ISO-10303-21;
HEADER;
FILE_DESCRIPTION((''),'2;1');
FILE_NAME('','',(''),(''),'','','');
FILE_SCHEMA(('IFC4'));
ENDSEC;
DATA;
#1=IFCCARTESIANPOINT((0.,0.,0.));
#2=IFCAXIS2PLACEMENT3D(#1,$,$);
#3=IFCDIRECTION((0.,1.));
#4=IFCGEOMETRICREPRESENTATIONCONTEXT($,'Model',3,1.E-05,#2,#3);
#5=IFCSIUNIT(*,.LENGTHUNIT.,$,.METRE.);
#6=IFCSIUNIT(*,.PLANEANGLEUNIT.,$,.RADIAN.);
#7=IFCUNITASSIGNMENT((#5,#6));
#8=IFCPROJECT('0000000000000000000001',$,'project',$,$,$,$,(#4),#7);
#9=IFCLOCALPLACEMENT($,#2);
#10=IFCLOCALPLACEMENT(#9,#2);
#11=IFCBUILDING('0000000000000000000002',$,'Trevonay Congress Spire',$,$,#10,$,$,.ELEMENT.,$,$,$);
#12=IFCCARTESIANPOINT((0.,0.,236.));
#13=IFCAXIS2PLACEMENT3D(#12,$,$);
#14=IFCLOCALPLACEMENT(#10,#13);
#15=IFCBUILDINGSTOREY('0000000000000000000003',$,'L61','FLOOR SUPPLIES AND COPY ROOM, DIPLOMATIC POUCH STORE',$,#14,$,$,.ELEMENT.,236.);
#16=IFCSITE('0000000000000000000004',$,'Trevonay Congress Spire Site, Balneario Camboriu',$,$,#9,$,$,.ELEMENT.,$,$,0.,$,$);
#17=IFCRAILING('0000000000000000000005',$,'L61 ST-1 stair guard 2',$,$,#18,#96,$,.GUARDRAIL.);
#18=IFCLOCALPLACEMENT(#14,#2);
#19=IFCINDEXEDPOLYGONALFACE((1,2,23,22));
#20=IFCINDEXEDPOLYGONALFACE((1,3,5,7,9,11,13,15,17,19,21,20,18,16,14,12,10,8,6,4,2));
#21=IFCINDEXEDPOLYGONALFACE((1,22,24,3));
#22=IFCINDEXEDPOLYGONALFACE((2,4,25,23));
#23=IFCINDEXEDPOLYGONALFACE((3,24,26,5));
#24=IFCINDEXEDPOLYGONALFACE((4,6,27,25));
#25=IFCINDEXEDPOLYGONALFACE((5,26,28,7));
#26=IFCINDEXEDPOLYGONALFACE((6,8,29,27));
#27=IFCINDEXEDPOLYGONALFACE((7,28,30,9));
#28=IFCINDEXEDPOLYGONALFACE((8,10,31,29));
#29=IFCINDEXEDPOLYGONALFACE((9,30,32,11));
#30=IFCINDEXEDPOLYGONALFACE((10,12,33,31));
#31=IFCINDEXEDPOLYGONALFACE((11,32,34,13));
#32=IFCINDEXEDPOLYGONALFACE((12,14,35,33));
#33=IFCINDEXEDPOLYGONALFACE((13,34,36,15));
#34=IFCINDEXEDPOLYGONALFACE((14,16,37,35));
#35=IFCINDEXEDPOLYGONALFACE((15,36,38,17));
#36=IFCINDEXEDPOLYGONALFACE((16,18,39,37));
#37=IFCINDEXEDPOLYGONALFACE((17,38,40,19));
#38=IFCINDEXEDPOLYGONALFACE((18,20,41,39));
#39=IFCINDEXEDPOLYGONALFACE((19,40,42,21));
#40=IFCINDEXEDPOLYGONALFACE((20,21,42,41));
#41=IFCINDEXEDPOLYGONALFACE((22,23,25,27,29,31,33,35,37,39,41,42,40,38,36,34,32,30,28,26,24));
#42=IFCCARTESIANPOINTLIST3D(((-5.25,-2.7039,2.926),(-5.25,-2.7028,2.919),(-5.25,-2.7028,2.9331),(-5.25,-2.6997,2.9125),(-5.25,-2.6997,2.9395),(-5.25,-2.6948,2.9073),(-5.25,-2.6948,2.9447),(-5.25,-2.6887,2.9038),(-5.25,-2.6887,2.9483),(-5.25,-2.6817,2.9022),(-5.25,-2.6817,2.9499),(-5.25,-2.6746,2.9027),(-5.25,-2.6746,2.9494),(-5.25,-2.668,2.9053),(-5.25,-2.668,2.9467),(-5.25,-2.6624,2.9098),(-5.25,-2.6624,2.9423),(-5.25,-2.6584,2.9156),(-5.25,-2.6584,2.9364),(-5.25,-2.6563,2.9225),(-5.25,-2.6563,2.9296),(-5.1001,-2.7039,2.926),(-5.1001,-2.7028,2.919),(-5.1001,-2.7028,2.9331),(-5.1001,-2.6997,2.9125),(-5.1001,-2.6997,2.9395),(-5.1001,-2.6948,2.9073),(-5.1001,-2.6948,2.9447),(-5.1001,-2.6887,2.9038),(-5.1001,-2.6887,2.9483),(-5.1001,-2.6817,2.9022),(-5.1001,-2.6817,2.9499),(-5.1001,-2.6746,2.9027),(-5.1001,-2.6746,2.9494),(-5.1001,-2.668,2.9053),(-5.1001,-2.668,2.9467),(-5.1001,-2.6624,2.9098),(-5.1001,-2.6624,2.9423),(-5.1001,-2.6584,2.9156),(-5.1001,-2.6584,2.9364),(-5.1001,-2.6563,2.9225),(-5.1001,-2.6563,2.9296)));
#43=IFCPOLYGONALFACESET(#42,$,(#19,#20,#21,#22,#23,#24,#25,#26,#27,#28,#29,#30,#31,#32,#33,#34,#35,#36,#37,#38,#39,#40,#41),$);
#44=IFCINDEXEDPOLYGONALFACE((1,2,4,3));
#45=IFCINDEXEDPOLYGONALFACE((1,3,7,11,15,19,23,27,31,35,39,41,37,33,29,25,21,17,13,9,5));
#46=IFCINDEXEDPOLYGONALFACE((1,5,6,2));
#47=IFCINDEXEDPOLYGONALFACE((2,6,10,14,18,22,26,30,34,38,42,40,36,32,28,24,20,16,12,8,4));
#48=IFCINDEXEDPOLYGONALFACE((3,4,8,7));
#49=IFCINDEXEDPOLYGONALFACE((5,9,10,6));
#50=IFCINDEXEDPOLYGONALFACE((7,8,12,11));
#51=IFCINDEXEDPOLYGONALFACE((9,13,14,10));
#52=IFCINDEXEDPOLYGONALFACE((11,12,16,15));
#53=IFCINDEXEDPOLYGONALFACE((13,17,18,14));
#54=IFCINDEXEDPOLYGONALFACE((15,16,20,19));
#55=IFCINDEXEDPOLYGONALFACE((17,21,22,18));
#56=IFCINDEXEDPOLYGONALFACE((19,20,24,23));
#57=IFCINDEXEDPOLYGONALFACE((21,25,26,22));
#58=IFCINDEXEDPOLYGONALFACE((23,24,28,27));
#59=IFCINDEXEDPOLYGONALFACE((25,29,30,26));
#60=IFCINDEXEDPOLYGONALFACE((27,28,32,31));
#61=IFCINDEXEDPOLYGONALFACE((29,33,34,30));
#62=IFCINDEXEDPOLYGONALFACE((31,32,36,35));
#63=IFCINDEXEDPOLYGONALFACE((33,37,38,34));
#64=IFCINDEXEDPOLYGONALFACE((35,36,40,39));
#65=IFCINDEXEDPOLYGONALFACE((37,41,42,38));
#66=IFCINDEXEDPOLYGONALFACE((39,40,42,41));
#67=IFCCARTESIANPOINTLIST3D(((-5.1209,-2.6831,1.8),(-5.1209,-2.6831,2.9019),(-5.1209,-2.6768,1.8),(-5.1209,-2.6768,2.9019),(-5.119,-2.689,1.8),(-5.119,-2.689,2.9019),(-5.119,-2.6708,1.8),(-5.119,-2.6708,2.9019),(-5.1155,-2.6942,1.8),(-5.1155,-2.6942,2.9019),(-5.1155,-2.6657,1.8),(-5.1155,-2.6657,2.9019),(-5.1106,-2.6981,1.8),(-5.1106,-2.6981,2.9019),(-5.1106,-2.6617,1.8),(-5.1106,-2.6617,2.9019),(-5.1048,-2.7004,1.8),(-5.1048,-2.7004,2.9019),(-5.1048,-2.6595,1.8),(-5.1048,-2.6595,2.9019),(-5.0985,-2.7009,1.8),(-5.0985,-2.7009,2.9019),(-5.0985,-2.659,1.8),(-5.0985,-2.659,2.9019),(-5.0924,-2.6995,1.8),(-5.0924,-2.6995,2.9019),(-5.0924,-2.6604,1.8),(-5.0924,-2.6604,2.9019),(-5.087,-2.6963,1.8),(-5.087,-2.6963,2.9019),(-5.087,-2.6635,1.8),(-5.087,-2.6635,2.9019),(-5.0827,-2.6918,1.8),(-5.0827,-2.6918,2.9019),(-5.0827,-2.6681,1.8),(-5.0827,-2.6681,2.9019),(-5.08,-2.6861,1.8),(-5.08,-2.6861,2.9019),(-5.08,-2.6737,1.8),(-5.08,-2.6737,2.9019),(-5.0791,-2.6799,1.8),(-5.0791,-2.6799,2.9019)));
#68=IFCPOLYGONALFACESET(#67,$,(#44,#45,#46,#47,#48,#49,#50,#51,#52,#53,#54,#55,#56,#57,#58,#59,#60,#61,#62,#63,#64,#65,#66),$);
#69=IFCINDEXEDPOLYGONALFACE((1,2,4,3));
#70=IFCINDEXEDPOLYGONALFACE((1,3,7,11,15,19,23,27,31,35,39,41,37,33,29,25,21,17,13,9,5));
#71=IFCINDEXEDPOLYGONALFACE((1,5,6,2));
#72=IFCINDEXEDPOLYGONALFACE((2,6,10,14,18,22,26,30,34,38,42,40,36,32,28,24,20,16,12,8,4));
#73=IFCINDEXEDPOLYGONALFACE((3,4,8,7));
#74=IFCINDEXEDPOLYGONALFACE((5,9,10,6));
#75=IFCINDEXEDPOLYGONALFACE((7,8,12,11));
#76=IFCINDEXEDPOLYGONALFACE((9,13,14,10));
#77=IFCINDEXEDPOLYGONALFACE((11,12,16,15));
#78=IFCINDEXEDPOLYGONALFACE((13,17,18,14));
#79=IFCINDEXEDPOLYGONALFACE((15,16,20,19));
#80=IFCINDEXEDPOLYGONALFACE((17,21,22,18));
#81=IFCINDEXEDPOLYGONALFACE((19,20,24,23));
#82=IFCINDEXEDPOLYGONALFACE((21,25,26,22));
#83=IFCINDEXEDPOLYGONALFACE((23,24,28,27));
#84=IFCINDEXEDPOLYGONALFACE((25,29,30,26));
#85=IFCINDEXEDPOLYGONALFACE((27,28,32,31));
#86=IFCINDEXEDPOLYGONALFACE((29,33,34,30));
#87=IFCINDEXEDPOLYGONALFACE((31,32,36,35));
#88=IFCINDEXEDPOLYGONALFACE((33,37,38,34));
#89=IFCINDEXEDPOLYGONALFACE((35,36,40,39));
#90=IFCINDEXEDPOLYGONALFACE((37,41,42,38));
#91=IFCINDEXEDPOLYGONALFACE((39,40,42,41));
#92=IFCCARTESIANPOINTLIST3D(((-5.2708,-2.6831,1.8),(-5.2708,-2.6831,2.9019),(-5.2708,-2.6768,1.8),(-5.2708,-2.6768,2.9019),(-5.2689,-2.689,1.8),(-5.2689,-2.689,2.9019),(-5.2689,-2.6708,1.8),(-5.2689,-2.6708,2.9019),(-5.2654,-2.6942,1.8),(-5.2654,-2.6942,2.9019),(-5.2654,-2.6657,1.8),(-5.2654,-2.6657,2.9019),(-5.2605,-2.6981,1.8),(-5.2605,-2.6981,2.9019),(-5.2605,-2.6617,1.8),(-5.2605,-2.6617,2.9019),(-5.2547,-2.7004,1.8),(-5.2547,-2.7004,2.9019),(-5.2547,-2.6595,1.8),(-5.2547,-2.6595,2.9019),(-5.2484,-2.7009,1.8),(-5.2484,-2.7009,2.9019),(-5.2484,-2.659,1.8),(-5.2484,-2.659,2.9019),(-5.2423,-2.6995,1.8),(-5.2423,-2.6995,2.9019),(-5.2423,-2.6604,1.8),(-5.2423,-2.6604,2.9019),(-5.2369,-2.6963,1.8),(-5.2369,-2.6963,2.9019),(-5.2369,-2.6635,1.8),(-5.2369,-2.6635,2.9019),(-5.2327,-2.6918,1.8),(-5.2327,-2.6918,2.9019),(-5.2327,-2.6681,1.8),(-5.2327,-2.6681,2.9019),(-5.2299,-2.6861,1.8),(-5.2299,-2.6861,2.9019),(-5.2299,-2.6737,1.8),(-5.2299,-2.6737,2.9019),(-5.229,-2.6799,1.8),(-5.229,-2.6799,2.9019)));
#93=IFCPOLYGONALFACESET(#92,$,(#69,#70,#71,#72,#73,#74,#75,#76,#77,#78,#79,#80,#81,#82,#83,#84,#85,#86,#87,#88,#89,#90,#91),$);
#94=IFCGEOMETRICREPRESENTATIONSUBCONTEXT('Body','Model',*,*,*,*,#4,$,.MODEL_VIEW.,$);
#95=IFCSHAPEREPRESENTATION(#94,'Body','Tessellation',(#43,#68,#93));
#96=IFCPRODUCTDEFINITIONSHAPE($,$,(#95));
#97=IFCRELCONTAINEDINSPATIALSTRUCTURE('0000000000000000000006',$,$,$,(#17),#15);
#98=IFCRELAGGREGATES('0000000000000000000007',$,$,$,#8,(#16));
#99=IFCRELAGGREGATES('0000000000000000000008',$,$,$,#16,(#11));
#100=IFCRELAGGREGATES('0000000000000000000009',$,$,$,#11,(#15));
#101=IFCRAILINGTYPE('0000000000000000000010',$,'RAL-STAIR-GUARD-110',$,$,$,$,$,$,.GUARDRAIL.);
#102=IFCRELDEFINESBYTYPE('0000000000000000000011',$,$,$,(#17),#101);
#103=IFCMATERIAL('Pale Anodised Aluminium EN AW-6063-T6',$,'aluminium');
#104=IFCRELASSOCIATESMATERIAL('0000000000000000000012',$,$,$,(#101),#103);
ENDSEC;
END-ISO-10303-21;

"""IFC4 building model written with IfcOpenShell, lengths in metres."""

from ifc_helpers import new_model, si_unit, direction, frame, origin, origin_2d, place, context, subcontext, project, spatial, circle, extrude, material, type_object, element, save


model = new_model("IFC4")

# Units and contexts
model_context = context("Model", 3, precision=1e-05, world=origin(), true_north=direction((0.0, 1.0)))
body_context = subcontext(model_context, "Body", "Model", "MODEL_VIEW")
ifc_project = project(units=[si_unit("LENGTHUNIT", "METRE"), si_unit("PLANEANGLEUNIT", "RADIAN")], contexts=[model_context])

# Site, building, storey
site_placement = place(None, origin())
site = spatial("IfcSite", under=ifc_project, at=site_placement, Name="Trevonay Congress Spire Site, Balneario Camboriu", CompositionType="ELEMENT", RefElevation=0.0)
building_placement = place(site_placement, origin())
building = spatial("IfcBuilding", under=site, at=building_placement, Name="Trevonay Congress Spire", CompositionType="ELEMENT")
storey_placement = place(building_placement, frame((0.0, 0.0, 236.0)))
storey = spatial("IfcBuildingStorey", under=building, at=storey_placement, Name="L61", Description="FLOOR SUPPLIES AND COPY ROOM, DIPLOMATIC POUCH STORE", CompositionType="ELEMENT", Elevation=236.0)

# Railing
ifc_material_1 = material(Name="Pale Anodised Aluminium EN AW-6063-T6", Category="aluminium")
railing_type_1 = type_object("IfcRailingType", Name="RAL-STAIR-GUARD-110", PredefinedType="GUARDRAIL", material=ifc_material_1)
railing_1_placement = place(storey_placement, frame((-5.1001, -2.6799, 1.8)))
element("IfcRailing", 1, at=railing_1_placement, inside=storey, type_object=railing_type_1, Name="L61 ST-1 stair guard 2", PredefinedType="GUARDRAIL", context=body_context, shape_type="SweptSolid", body=[
    extrude(circle(Radius=0.0239, at=origin_2d()), frame((0.0, 0.0, 1.126), z_axis=(-1.0, 0.0, 0.0), x_axis=(0.0, -1.0, 0.0)), (0.0, 0.0, 1.0), 0.1499),
    extrude(circle(Radius=0.021, at=origin_2d()), origin(), (0.0, 0.0, 1.0), 1.1018),
    extrude(circle(Radius=0.021, at=origin_2d()), frame((-0.1499, 0.0, 0.0)), (0.0, 0.0, 1.0), 1.1018),
])

save(model, "model.ifc")
